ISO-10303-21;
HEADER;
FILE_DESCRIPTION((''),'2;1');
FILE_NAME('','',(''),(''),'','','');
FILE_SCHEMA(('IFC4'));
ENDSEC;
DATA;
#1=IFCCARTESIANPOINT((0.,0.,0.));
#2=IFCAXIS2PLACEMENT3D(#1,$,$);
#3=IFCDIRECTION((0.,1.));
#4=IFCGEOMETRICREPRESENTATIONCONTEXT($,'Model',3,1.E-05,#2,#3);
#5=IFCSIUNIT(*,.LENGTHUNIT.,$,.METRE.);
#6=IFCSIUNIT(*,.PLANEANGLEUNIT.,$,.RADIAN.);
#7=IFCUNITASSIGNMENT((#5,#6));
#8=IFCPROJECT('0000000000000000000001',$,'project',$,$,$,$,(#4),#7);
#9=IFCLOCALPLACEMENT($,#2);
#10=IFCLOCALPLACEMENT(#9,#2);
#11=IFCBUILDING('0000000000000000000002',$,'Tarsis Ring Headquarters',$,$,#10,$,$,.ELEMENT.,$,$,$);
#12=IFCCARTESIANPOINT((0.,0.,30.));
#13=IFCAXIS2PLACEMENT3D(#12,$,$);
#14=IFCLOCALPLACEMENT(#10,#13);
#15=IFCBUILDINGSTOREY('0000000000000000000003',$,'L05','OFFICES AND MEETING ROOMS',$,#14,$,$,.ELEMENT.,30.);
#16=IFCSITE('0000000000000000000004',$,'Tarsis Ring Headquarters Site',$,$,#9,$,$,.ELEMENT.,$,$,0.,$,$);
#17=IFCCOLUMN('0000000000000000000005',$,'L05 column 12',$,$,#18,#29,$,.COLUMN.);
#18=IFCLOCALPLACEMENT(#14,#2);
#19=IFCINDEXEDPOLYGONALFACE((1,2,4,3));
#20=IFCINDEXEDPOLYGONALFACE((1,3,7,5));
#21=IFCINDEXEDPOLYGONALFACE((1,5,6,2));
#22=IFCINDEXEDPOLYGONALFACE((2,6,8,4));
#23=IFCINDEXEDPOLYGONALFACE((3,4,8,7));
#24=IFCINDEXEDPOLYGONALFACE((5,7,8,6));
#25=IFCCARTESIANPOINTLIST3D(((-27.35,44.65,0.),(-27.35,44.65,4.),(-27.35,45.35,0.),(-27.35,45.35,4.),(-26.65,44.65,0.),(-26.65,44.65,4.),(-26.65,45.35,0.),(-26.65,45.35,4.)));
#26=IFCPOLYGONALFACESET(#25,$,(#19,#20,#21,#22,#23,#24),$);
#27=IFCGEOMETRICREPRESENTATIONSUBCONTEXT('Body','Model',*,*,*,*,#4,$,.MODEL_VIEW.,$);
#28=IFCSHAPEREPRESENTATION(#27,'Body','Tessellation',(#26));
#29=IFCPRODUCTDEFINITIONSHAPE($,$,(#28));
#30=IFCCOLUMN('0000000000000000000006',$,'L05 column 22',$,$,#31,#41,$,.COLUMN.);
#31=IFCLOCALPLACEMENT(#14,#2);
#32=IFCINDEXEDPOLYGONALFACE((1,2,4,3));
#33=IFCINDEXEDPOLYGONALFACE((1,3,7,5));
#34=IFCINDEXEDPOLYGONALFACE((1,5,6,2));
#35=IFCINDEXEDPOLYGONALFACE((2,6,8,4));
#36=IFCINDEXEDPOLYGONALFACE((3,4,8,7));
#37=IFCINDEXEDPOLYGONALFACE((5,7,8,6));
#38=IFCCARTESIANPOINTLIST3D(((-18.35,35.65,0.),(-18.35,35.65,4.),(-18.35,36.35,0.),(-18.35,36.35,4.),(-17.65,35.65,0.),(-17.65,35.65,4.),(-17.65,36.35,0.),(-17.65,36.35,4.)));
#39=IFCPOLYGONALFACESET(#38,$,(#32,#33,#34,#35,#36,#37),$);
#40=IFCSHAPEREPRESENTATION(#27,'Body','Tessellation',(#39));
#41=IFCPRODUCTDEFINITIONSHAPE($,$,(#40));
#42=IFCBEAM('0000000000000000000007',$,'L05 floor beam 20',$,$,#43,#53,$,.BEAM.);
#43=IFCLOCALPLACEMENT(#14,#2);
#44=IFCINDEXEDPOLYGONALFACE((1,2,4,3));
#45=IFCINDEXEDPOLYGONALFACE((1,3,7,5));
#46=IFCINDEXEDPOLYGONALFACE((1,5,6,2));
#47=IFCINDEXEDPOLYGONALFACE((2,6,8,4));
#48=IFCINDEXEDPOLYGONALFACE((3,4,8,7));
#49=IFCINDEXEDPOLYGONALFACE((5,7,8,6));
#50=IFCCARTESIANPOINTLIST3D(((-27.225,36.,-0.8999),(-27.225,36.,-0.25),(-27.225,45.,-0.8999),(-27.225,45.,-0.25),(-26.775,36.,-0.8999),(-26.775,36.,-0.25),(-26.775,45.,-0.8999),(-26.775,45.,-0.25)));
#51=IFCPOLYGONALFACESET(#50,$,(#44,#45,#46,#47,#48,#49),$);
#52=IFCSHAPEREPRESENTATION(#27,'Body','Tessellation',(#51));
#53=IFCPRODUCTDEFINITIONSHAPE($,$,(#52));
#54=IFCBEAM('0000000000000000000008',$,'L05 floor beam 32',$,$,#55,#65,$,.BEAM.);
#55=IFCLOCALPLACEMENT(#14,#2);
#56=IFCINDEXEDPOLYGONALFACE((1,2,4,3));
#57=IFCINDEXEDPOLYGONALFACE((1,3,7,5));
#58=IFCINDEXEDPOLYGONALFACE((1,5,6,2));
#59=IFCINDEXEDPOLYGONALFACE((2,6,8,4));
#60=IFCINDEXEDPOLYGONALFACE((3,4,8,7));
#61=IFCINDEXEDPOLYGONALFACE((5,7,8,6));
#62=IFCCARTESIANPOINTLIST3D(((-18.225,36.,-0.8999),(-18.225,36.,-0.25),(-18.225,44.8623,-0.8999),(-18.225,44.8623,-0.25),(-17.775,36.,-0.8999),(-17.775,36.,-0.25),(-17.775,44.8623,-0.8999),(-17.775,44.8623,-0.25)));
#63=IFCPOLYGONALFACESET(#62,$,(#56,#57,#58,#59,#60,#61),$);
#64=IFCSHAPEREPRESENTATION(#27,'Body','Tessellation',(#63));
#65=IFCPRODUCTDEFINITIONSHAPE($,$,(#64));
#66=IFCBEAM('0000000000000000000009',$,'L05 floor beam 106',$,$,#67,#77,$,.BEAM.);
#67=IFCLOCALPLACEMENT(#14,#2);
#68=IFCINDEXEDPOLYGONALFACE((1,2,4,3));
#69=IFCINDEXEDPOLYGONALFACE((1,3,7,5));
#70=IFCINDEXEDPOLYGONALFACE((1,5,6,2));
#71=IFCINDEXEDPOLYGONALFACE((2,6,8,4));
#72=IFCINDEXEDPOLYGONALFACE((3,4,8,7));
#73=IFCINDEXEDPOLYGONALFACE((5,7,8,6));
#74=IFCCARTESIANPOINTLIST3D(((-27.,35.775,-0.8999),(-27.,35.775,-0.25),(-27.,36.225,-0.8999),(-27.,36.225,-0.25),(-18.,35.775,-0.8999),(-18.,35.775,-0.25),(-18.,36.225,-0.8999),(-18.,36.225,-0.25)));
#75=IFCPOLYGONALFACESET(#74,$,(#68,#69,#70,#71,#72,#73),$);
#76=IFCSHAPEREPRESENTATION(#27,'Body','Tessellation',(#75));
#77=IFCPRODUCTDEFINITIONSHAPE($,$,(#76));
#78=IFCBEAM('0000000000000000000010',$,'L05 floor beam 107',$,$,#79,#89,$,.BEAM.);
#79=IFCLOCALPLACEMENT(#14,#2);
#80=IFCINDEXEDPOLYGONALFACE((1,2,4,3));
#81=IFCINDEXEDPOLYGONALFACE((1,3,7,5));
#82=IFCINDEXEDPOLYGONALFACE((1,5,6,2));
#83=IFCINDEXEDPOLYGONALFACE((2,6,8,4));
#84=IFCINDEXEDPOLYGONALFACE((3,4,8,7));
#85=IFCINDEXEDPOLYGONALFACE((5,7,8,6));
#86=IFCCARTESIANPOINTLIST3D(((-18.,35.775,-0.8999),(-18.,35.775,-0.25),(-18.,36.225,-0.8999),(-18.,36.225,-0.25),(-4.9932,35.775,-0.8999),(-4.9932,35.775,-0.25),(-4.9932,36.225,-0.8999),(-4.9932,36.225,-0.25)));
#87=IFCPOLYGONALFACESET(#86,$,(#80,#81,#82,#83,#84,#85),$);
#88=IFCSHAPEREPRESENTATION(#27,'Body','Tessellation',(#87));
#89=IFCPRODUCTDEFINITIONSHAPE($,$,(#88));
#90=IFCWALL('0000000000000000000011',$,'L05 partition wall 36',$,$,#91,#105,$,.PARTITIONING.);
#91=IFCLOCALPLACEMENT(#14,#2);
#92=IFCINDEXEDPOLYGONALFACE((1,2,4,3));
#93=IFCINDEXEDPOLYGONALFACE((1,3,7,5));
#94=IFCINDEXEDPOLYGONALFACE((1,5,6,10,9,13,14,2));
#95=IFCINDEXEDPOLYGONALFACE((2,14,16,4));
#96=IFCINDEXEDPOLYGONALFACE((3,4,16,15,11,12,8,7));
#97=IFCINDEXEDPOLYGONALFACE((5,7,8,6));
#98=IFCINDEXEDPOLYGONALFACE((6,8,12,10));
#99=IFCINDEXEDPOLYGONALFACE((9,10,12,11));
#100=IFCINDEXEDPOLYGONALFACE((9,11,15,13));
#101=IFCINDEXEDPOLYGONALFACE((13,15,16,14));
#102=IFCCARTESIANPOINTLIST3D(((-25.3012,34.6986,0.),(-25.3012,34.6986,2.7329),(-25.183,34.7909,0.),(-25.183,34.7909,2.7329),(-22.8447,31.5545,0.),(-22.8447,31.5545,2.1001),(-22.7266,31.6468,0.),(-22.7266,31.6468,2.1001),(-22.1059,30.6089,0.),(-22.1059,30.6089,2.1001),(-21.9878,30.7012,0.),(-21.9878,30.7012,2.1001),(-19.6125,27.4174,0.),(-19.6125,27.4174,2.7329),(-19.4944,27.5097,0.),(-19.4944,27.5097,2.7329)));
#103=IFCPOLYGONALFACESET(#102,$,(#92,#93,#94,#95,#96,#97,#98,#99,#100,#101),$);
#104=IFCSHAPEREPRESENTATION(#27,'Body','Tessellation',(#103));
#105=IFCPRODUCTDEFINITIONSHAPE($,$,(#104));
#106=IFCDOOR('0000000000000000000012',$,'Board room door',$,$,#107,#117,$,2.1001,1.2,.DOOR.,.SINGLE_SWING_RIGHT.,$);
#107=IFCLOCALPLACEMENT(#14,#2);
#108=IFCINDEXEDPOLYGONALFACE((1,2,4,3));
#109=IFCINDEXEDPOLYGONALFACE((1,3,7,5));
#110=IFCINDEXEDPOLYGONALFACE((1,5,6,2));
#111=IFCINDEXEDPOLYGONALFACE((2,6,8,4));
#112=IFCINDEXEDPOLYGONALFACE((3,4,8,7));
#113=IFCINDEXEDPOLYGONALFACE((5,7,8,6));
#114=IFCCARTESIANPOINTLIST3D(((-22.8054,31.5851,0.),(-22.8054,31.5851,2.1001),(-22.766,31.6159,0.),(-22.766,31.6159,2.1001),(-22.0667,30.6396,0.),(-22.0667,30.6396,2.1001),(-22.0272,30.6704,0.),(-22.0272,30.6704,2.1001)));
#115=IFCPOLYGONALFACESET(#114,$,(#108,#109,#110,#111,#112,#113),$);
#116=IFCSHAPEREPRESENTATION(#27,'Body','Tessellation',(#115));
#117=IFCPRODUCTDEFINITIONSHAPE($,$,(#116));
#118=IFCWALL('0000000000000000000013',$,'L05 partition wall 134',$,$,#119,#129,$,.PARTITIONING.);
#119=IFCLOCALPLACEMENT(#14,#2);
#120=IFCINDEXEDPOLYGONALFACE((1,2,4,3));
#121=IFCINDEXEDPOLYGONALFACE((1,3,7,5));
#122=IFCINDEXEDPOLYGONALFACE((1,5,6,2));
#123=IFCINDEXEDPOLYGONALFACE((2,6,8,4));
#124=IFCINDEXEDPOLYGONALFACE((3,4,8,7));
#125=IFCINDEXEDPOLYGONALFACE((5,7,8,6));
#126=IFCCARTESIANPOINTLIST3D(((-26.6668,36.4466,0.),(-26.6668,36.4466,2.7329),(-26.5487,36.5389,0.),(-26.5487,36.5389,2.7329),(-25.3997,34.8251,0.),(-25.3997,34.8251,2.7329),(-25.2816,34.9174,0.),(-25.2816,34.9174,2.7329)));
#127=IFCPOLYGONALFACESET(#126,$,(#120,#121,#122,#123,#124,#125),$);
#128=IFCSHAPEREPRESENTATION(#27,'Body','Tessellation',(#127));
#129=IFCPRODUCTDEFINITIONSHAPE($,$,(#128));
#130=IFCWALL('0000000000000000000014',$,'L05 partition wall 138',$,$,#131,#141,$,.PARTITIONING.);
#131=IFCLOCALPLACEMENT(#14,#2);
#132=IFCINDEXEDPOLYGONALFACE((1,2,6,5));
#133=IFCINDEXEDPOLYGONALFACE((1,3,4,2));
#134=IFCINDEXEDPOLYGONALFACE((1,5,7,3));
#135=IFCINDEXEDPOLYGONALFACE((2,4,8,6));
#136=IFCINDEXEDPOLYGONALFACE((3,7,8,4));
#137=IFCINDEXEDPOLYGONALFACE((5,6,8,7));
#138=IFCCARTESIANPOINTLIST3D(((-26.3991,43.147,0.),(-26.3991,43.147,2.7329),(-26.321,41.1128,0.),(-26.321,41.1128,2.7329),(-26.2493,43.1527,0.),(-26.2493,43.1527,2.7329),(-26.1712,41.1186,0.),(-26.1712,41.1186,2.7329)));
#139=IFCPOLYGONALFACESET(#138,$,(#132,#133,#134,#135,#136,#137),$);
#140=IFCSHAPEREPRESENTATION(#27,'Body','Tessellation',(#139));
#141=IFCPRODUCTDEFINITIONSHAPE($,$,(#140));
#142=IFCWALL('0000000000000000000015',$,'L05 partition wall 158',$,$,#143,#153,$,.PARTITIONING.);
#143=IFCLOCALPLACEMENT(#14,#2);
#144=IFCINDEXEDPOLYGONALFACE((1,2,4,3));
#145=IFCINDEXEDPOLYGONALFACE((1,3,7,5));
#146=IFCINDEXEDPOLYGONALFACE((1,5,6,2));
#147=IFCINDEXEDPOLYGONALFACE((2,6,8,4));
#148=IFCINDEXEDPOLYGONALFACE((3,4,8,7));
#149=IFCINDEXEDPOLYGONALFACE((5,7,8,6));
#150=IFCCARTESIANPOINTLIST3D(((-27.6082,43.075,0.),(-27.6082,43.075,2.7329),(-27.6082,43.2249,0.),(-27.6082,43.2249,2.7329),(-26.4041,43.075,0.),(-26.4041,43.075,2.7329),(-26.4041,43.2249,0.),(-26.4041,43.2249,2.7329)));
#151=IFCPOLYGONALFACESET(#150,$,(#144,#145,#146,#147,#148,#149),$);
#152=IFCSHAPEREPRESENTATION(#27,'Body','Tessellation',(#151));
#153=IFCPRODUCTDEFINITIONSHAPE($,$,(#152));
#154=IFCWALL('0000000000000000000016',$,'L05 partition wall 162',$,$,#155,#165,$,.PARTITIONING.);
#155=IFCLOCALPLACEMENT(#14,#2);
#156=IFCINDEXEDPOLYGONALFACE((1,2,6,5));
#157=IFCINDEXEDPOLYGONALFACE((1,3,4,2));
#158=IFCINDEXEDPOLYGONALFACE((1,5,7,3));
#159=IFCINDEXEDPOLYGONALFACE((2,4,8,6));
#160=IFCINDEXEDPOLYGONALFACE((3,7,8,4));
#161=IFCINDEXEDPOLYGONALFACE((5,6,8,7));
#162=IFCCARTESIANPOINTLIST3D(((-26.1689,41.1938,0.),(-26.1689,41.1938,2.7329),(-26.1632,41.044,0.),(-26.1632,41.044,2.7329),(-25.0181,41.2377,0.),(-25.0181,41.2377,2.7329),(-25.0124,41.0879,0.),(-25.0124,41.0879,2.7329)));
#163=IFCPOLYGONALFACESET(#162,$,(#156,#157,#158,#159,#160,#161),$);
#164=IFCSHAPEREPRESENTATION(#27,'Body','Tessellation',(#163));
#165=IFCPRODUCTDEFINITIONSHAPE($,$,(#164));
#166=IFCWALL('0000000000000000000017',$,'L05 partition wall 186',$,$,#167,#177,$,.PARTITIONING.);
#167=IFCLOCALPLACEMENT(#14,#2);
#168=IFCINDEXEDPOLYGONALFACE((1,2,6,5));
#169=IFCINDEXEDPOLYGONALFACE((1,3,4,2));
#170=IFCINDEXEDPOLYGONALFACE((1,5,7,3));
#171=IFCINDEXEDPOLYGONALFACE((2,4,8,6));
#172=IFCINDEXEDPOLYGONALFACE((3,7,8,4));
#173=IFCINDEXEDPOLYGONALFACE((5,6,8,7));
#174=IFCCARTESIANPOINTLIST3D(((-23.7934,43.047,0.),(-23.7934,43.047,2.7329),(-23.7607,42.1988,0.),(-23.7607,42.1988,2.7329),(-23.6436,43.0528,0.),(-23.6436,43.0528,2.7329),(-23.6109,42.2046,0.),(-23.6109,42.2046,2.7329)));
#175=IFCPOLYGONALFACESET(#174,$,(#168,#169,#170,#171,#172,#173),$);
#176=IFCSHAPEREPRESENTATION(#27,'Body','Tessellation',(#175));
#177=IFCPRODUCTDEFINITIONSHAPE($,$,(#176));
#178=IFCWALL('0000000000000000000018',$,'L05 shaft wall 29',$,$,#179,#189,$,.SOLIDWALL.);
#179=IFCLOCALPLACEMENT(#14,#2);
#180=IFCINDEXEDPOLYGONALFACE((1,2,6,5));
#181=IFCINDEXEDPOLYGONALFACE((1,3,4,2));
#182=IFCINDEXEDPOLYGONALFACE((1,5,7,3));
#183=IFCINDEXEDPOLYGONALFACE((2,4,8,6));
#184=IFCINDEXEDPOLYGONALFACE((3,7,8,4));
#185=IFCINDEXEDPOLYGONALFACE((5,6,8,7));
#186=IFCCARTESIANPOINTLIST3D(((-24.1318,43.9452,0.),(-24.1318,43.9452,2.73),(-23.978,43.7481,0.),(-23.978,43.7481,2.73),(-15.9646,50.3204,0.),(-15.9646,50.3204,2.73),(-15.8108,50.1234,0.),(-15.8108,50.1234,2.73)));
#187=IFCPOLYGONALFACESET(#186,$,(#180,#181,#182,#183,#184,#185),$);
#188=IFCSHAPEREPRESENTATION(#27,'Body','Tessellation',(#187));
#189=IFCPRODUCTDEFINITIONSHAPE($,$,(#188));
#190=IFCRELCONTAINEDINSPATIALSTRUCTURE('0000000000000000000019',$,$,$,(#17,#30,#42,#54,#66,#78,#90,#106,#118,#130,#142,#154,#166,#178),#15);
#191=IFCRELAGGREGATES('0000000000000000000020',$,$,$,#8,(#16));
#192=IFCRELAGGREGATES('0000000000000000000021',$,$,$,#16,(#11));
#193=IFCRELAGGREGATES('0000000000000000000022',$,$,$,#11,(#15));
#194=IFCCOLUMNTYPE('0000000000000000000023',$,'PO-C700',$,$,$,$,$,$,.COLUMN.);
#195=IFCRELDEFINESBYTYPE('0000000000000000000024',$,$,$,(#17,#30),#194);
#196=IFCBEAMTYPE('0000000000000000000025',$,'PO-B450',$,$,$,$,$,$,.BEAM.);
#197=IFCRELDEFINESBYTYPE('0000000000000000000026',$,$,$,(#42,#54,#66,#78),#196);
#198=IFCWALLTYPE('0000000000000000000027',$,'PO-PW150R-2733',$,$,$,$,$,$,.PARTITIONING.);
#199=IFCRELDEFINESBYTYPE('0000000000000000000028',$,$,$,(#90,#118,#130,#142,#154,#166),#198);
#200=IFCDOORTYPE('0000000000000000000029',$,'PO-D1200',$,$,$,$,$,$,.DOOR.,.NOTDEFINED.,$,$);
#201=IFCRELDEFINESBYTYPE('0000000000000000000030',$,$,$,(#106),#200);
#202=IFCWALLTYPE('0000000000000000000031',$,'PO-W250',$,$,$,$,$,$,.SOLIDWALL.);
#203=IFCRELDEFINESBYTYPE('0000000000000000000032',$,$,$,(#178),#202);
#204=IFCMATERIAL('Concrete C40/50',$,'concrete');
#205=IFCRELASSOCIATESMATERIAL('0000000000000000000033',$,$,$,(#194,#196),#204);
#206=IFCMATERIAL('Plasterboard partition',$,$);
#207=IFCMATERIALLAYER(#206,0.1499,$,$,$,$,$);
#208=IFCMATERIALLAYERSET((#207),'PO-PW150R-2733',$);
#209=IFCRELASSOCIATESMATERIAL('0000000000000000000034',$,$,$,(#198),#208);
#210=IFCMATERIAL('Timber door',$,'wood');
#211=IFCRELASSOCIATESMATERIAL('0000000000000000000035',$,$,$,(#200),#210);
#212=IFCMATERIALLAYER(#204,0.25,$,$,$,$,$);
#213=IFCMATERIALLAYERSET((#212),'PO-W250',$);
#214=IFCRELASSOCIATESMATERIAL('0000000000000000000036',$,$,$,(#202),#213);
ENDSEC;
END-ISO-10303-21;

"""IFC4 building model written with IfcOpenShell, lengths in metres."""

from ifc_helpers import new_model, si_unit, direction, frame, frame_2d, origin, origin_2d, place, context, subcontext, project, spatial, rectangle, extrude, material, layer, layer_set, material_profile, profile_set, type_object, element, fill, save


model = new_model("IFC4")

# Units and contexts
model_context = context("Model", 3, precision=1e-05, world=origin(), true_north=direction((0.0, 1.0)))
body_context = subcontext(model_context, "Body", "Model", "MODEL_VIEW")
ifc_project = project(units=[si_unit("LENGTHUNIT", "METRE"), si_unit("PLANEANGLEUNIT", "RADIAN")], contexts=[model_context])

# Site, building, storey
site_placement = place(None, origin())
site = spatial("IfcSite", under=ifc_project, at=site_placement, Name="Tarsis Ring Headquarters Site", CompositionType="ELEMENT", RefElevation=0.0)
building_placement = place(site_placement, origin())
building = spatial("IfcBuilding", under=site, at=building_placement, Name="Tarsis Ring Headquarters", CompositionType="ELEMENT")
storey_placement = place(building_placement, frame((0.0, 0.0, 30.0)))
storey = spatial("IfcBuildingStorey", under=building, at=storey_placement, Name="L05", Description="OFFICES AND MEETING ROOMS", CompositionType="ELEMENT", Elevation=30.0)

# Columns
ifc_material_1 = material(Name="Concrete C40/50", Category="concrete")
ifc_material_profile_1 = material_profile(ifc_material_1, rectangle(XDim=0.7, YDim=0.7, at=origin_2d()), Name="PO-C700")
ifc_profile_set_1 = profile_set([ifc_material_profile_1], Name="Concrete C40/50")
column_type = type_object("IfcColumnType", Name="PO-C700", PredefinedType="COLUMN", material=ifc_profile_set_1)
for number, where, z_axis, x_axis, name in (
    (1, (-27.0, 45.0, 0.0), (0.0, 0.0, 1.0), (1.0, 0.0, 0.0), "L05 column 12"),
    (2, (-18.0, 36.0, 0.0), (0.0, 0.0, 1.0), (1.0, 0.0, 0.0), "L05 column 22"),
):
    element("IfcColumn", number, at=place(storey_placement, frame(where, z_axis=z_axis, x_axis=x_axis)), inside=storey, type_object=column_type, Name=name, PredefinedType="COLUMN", context=body_context, shape_type="SweptSolid", body=[
        extrude(rectangle(XDim=0.7, YDim=0.7, at=origin_2d()), origin(), (0.0, 0.0, 1.0), 4.0),
    ])

# Beams
ifc_material_profile_2 = material_profile(ifc_material_1, rectangle(XDim=0.45, YDim=0.6499, at=origin_2d()), Name="PO-B450")
ifc_profile_set_2 = profile_set([ifc_material_profile_2], Name="Concrete C40/50")
beam_type = type_object("IfcBeamType", Name="PO-B450", PredefinedType="BEAM", material=ifc_profile_set_2)
beam_1_placement = place(storey_placement, frame((-27.0, 36.0, -0.575), z_axis=(0.0, 1.0, 0.0), x_axis=(-1.0, 0.0, 0.0)))
element("IfcBeam", 3, at=beam_1_placement, inside=storey, type_object=beam_type, Name="L05 floor beam 20", PredefinedType="BEAM", context=body_context, shape_type="SweptSolid", body=[
    extrude(rectangle(XDim=0.45, YDim=0.6499, at=origin_2d()), origin(), (0.0, 0.0, 1.0), 9.0),
])
beam_2_placement = place(storey_placement, frame((-18.0, 36.0, -0.575), z_axis=(0.0, 1.0, 0.0), x_axis=(-1.0, 0.0, 0.0)))
element("IfcBeam", 4, at=beam_2_placement, inside=storey, type_object=beam_type, Name="L05 floor beam 32", PredefinedType="BEAM", context=body_context, shape_type="SweptSolid", body=[
    extrude(rectangle(XDim=0.45, YDim=0.6499, at=origin_2d()), origin(), (0.0, 0.0, 1.0), 8.8623),
])
beam_3_placement = place(storey_placement, frame((-27.0, 36.0, -0.575), z_axis=(1.0, 0.0, 0.0), x_axis=(0.0, 1.0, 0.0)))
element("IfcBeam", 5, at=beam_3_placement, inside=storey, type_object=beam_type, Name="L05 floor beam 106", PredefinedType="BEAM", context=body_context, shape_type="SweptSolid", body=[
    extrude(rectangle(XDim=0.45, YDim=0.6499, at=origin_2d()), origin(), (0.0, 0.0, 1.0), 9.0),
])
beam_4_placement = place(storey_placement, frame((-18.0, 36.0, -0.575), z_axis=(1.0, 0.0, 0.0), x_axis=(0.0, 1.0, 0.0)))
element("IfcBeam", 6, at=beam_4_placement, inside=storey, type_object=beam_type, Name="L05 floor beam 107", PredefinedType="BEAM", context=body_context, shape_type="SweptSolid", body=[
    extrude(rectangle(XDim=0.45, YDim=0.6499, at=origin_2d()), origin(), (0.0, 0.0, 1.0), 13.0068),
])

# Wall, opening, door
ifc_material_2 = material(Name="Plasterboard partition")
ifc_layer_1 = layer(ifc_material_2, 0.1499)
ifc_layer_set_1 = layer_set([ifc_layer_1], Name="PO-PW150R-2733")
wall_type_1 = type_object("IfcWallType", Name="PO-PW150R-2733", PredefinedType="PARTITIONING", material=ifc_layer_set_1)
wall_1_placement = place(storey_placement, frame((-25.2422, 34.7449, 0.0), z_axis=(0.0, 0.0, 1.0), x_axis=(0.61566, -0.788012, 0.0)))
wall_1 = element("IfcWall", 7, at=wall_1_placement, inside=storey, type_object=wall_type_1, Name="L05 partition wall 36", PredefinedType="PARTITIONING", context=body_context, shape_type="SweptSolid", body=[
    extrude(rectangle(XDim=9.24, YDim=0.1499, at=frame_2d((4.6201, 0.0))), origin(), (0.0, 0.0, 1.0), 2.7329),
])
opening_placement = place(wall_1_placement, frame((3.99, 0.0, 0.0)))
opening = element("IfcOpeningElement", 8, at=opening_placement, cuts=wall_1, PredefinedType="OPENING", context=body_context, shape_type="SweptSolid", body=[
    extrude(rectangle(XDim=1.2, YDim=2.1001, at=frame_2d((0.6001, 1.05))), frame((0.0, 0.085, 0.0), z_axis=(0.0, -1.0, 0.0), x_axis=(1.0, 0.0, 0.0)), (0.0, 0.0, 1.0), 0.1699),
])
ifc_material_3 = material(Name="Timber door", Category="wood")
door_type = type_object("IfcDoorType", Name="PO-D1200", OperationType="NOTDEFINED", PredefinedType="DOOR", material=ifc_material_3)
door_placement = place(opening_placement, origin())
door = element("IfcDoor", 9, at=door_placement, inside=storey, type_object=door_type, Name="Board room door", OperationType="SINGLE_SWING_RIGHT", OverallHeight=2.1001, OverallWidth=1.2, PredefinedType="DOOR", context=body_context, shape_type="SweptSolid", body=[
    extrude(rectangle(XDim=1.2, YDim=2.1001, at=frame_2d((0.6001, 1.05))), frame((0.0, 0.0249, 0.0), z_axis=(0.0, -1.0, 0.0), x_axis=(1.0, 0.0, 0.0)), (0.0, 0.0, 1.0), 0.05),
])
fill(opening, door)

# Walls
wall_2_placement = place(storey_placement, frame((-26.6077, 36.4927, 0.0), z_axis=(0.0, 0.0, 1.0), x_axis=(0.615713, -0.78797, 0.0)))
element("IfcWall", 10, at=wall_2_placement, inside=storey, type_object=wall_type_1, Name="L05 partition wall 134", PredefinedType="PARTITIONING", context=body_context, shape_type="SweptSolid", body=[
    extrude(rectangle(XDim=2.0579, YDim=0.1499, at=frame_2d((1.0288, 0.0))), origin(), (0.0, 0.0, 1.0), 2.7329),
])
wall_3_placement = place(storey_placement, frame((-26.2461, 41.1157, 0.0), z_axis=(0.0, 0.0, 1.0), x_axis=(-0.038378, 0.999263, 0.0)))
element("IfcWall", 11, at=wall_3_placement, inside=storey, type_object=wall_type_1, Name="L05 partition wall 138", PredefinedType="PARTITIONING", context=body_context, shape_type="SweptSolid", body=[
    extrude(rectangle(XDim=2.0356, YDim=0.1499, at=frame_2d((1.0178, 0.0))), origin(), (0.0, 0.0, 1.0), 2.7329),
])
wall_4_placement = place(storey_placement, frame((-26.4041, 43.1499, 0.0), z_axis=(0.0, 0.0, 1.0), x_axis=(-1.0, 0.0, 0.0)))
element("IfcWall", 12, at=wall_4_placement, inside=storey, type_object=wall_type_1, Name="L05 partition wall 158", PredefinedType="PARTITIONING", context=body_context, shape_type="SweptSolid", body=[
    extrude(rectangle(XDim=1.2041, YDim=0.1499, at=frame_2d((0.6021, 0.0))), origin(), (0.0, 0.0, 1.0), 2.7329),
])
wall_5_placement = place(storey_placement, frame((-25.0154, 41.1628, 0.0), z_axis=(0.0, 0.0, 1.0), x_axis=(-0.999272, -0.038156, 0.0)))
element("IfcWall", 13, at=wall_5_placement, inside=storey, type_object=wall_type_1, Name="L05 partition wall 162", PredefinedType="PARTITIONING", context=body_context, shape_type="SweptSolid", body=[
    extrude(rectangle(XDim=1.1516, YDim=0.1499, at=frame_2d((0.5757, 0.0))), origin(), (0.0, 0.0, 1.0), 2.7329),
])
wall_6_placement = place(storey_placement, frame((-23.7185, 43.0498, 0.0), z_axis=(0.0, 0.0, 1.0), x_axis=(0.038544, -0.999257, 0.0)))
element("IfcWall", 14, at=wall_6_placement, inside=storey, type_object=wall_type_1, Name="L05 partition wall 186", PredefinedType="PARTITIONING", context=body_context, shape_type="SweptSolid", body=[
    extrude(rectangle(XDim=0.8489, YDim=0.1499, at=frame_2d((0.4243, 0.0))), origin(), (0.0, 0.0, 1.0), 2.7329),
])
ifc_layer_2 = layer(ifc_material_1, 0.25)
ifc_layer_set_2 = layer_set([ifc_layer_2], Name="PO-W250")
wall_type_2 = type_object("IfcWallType", Name="PO-W250", PredefinedType="SOLIDWALL", material=ifc_layer_set_2)
wall_7_placement = place(storey_placement, frame((-24.0549, 43.8467, 0.0), z_axis=(0.0, 0.0, 1.0), x_axis=(0.788278, 0.61532, 0.0)))
element("IfcWall", 15, at=wall_7_placement, inside=storey, type_object=wall_type_2, Name="L05 shaft wall 29", PredefinedType="SOLIDWALL", context=body_context, shape_type="SweptSolid", body=[
    extrude(rectangle(XDim=10.3608, YDim=0.25, at=frame_2d((5.1804, 0.0))), origin(), (0.0, 0.0, 1.0), 2.73),
])

save(model, "model.ifc")
